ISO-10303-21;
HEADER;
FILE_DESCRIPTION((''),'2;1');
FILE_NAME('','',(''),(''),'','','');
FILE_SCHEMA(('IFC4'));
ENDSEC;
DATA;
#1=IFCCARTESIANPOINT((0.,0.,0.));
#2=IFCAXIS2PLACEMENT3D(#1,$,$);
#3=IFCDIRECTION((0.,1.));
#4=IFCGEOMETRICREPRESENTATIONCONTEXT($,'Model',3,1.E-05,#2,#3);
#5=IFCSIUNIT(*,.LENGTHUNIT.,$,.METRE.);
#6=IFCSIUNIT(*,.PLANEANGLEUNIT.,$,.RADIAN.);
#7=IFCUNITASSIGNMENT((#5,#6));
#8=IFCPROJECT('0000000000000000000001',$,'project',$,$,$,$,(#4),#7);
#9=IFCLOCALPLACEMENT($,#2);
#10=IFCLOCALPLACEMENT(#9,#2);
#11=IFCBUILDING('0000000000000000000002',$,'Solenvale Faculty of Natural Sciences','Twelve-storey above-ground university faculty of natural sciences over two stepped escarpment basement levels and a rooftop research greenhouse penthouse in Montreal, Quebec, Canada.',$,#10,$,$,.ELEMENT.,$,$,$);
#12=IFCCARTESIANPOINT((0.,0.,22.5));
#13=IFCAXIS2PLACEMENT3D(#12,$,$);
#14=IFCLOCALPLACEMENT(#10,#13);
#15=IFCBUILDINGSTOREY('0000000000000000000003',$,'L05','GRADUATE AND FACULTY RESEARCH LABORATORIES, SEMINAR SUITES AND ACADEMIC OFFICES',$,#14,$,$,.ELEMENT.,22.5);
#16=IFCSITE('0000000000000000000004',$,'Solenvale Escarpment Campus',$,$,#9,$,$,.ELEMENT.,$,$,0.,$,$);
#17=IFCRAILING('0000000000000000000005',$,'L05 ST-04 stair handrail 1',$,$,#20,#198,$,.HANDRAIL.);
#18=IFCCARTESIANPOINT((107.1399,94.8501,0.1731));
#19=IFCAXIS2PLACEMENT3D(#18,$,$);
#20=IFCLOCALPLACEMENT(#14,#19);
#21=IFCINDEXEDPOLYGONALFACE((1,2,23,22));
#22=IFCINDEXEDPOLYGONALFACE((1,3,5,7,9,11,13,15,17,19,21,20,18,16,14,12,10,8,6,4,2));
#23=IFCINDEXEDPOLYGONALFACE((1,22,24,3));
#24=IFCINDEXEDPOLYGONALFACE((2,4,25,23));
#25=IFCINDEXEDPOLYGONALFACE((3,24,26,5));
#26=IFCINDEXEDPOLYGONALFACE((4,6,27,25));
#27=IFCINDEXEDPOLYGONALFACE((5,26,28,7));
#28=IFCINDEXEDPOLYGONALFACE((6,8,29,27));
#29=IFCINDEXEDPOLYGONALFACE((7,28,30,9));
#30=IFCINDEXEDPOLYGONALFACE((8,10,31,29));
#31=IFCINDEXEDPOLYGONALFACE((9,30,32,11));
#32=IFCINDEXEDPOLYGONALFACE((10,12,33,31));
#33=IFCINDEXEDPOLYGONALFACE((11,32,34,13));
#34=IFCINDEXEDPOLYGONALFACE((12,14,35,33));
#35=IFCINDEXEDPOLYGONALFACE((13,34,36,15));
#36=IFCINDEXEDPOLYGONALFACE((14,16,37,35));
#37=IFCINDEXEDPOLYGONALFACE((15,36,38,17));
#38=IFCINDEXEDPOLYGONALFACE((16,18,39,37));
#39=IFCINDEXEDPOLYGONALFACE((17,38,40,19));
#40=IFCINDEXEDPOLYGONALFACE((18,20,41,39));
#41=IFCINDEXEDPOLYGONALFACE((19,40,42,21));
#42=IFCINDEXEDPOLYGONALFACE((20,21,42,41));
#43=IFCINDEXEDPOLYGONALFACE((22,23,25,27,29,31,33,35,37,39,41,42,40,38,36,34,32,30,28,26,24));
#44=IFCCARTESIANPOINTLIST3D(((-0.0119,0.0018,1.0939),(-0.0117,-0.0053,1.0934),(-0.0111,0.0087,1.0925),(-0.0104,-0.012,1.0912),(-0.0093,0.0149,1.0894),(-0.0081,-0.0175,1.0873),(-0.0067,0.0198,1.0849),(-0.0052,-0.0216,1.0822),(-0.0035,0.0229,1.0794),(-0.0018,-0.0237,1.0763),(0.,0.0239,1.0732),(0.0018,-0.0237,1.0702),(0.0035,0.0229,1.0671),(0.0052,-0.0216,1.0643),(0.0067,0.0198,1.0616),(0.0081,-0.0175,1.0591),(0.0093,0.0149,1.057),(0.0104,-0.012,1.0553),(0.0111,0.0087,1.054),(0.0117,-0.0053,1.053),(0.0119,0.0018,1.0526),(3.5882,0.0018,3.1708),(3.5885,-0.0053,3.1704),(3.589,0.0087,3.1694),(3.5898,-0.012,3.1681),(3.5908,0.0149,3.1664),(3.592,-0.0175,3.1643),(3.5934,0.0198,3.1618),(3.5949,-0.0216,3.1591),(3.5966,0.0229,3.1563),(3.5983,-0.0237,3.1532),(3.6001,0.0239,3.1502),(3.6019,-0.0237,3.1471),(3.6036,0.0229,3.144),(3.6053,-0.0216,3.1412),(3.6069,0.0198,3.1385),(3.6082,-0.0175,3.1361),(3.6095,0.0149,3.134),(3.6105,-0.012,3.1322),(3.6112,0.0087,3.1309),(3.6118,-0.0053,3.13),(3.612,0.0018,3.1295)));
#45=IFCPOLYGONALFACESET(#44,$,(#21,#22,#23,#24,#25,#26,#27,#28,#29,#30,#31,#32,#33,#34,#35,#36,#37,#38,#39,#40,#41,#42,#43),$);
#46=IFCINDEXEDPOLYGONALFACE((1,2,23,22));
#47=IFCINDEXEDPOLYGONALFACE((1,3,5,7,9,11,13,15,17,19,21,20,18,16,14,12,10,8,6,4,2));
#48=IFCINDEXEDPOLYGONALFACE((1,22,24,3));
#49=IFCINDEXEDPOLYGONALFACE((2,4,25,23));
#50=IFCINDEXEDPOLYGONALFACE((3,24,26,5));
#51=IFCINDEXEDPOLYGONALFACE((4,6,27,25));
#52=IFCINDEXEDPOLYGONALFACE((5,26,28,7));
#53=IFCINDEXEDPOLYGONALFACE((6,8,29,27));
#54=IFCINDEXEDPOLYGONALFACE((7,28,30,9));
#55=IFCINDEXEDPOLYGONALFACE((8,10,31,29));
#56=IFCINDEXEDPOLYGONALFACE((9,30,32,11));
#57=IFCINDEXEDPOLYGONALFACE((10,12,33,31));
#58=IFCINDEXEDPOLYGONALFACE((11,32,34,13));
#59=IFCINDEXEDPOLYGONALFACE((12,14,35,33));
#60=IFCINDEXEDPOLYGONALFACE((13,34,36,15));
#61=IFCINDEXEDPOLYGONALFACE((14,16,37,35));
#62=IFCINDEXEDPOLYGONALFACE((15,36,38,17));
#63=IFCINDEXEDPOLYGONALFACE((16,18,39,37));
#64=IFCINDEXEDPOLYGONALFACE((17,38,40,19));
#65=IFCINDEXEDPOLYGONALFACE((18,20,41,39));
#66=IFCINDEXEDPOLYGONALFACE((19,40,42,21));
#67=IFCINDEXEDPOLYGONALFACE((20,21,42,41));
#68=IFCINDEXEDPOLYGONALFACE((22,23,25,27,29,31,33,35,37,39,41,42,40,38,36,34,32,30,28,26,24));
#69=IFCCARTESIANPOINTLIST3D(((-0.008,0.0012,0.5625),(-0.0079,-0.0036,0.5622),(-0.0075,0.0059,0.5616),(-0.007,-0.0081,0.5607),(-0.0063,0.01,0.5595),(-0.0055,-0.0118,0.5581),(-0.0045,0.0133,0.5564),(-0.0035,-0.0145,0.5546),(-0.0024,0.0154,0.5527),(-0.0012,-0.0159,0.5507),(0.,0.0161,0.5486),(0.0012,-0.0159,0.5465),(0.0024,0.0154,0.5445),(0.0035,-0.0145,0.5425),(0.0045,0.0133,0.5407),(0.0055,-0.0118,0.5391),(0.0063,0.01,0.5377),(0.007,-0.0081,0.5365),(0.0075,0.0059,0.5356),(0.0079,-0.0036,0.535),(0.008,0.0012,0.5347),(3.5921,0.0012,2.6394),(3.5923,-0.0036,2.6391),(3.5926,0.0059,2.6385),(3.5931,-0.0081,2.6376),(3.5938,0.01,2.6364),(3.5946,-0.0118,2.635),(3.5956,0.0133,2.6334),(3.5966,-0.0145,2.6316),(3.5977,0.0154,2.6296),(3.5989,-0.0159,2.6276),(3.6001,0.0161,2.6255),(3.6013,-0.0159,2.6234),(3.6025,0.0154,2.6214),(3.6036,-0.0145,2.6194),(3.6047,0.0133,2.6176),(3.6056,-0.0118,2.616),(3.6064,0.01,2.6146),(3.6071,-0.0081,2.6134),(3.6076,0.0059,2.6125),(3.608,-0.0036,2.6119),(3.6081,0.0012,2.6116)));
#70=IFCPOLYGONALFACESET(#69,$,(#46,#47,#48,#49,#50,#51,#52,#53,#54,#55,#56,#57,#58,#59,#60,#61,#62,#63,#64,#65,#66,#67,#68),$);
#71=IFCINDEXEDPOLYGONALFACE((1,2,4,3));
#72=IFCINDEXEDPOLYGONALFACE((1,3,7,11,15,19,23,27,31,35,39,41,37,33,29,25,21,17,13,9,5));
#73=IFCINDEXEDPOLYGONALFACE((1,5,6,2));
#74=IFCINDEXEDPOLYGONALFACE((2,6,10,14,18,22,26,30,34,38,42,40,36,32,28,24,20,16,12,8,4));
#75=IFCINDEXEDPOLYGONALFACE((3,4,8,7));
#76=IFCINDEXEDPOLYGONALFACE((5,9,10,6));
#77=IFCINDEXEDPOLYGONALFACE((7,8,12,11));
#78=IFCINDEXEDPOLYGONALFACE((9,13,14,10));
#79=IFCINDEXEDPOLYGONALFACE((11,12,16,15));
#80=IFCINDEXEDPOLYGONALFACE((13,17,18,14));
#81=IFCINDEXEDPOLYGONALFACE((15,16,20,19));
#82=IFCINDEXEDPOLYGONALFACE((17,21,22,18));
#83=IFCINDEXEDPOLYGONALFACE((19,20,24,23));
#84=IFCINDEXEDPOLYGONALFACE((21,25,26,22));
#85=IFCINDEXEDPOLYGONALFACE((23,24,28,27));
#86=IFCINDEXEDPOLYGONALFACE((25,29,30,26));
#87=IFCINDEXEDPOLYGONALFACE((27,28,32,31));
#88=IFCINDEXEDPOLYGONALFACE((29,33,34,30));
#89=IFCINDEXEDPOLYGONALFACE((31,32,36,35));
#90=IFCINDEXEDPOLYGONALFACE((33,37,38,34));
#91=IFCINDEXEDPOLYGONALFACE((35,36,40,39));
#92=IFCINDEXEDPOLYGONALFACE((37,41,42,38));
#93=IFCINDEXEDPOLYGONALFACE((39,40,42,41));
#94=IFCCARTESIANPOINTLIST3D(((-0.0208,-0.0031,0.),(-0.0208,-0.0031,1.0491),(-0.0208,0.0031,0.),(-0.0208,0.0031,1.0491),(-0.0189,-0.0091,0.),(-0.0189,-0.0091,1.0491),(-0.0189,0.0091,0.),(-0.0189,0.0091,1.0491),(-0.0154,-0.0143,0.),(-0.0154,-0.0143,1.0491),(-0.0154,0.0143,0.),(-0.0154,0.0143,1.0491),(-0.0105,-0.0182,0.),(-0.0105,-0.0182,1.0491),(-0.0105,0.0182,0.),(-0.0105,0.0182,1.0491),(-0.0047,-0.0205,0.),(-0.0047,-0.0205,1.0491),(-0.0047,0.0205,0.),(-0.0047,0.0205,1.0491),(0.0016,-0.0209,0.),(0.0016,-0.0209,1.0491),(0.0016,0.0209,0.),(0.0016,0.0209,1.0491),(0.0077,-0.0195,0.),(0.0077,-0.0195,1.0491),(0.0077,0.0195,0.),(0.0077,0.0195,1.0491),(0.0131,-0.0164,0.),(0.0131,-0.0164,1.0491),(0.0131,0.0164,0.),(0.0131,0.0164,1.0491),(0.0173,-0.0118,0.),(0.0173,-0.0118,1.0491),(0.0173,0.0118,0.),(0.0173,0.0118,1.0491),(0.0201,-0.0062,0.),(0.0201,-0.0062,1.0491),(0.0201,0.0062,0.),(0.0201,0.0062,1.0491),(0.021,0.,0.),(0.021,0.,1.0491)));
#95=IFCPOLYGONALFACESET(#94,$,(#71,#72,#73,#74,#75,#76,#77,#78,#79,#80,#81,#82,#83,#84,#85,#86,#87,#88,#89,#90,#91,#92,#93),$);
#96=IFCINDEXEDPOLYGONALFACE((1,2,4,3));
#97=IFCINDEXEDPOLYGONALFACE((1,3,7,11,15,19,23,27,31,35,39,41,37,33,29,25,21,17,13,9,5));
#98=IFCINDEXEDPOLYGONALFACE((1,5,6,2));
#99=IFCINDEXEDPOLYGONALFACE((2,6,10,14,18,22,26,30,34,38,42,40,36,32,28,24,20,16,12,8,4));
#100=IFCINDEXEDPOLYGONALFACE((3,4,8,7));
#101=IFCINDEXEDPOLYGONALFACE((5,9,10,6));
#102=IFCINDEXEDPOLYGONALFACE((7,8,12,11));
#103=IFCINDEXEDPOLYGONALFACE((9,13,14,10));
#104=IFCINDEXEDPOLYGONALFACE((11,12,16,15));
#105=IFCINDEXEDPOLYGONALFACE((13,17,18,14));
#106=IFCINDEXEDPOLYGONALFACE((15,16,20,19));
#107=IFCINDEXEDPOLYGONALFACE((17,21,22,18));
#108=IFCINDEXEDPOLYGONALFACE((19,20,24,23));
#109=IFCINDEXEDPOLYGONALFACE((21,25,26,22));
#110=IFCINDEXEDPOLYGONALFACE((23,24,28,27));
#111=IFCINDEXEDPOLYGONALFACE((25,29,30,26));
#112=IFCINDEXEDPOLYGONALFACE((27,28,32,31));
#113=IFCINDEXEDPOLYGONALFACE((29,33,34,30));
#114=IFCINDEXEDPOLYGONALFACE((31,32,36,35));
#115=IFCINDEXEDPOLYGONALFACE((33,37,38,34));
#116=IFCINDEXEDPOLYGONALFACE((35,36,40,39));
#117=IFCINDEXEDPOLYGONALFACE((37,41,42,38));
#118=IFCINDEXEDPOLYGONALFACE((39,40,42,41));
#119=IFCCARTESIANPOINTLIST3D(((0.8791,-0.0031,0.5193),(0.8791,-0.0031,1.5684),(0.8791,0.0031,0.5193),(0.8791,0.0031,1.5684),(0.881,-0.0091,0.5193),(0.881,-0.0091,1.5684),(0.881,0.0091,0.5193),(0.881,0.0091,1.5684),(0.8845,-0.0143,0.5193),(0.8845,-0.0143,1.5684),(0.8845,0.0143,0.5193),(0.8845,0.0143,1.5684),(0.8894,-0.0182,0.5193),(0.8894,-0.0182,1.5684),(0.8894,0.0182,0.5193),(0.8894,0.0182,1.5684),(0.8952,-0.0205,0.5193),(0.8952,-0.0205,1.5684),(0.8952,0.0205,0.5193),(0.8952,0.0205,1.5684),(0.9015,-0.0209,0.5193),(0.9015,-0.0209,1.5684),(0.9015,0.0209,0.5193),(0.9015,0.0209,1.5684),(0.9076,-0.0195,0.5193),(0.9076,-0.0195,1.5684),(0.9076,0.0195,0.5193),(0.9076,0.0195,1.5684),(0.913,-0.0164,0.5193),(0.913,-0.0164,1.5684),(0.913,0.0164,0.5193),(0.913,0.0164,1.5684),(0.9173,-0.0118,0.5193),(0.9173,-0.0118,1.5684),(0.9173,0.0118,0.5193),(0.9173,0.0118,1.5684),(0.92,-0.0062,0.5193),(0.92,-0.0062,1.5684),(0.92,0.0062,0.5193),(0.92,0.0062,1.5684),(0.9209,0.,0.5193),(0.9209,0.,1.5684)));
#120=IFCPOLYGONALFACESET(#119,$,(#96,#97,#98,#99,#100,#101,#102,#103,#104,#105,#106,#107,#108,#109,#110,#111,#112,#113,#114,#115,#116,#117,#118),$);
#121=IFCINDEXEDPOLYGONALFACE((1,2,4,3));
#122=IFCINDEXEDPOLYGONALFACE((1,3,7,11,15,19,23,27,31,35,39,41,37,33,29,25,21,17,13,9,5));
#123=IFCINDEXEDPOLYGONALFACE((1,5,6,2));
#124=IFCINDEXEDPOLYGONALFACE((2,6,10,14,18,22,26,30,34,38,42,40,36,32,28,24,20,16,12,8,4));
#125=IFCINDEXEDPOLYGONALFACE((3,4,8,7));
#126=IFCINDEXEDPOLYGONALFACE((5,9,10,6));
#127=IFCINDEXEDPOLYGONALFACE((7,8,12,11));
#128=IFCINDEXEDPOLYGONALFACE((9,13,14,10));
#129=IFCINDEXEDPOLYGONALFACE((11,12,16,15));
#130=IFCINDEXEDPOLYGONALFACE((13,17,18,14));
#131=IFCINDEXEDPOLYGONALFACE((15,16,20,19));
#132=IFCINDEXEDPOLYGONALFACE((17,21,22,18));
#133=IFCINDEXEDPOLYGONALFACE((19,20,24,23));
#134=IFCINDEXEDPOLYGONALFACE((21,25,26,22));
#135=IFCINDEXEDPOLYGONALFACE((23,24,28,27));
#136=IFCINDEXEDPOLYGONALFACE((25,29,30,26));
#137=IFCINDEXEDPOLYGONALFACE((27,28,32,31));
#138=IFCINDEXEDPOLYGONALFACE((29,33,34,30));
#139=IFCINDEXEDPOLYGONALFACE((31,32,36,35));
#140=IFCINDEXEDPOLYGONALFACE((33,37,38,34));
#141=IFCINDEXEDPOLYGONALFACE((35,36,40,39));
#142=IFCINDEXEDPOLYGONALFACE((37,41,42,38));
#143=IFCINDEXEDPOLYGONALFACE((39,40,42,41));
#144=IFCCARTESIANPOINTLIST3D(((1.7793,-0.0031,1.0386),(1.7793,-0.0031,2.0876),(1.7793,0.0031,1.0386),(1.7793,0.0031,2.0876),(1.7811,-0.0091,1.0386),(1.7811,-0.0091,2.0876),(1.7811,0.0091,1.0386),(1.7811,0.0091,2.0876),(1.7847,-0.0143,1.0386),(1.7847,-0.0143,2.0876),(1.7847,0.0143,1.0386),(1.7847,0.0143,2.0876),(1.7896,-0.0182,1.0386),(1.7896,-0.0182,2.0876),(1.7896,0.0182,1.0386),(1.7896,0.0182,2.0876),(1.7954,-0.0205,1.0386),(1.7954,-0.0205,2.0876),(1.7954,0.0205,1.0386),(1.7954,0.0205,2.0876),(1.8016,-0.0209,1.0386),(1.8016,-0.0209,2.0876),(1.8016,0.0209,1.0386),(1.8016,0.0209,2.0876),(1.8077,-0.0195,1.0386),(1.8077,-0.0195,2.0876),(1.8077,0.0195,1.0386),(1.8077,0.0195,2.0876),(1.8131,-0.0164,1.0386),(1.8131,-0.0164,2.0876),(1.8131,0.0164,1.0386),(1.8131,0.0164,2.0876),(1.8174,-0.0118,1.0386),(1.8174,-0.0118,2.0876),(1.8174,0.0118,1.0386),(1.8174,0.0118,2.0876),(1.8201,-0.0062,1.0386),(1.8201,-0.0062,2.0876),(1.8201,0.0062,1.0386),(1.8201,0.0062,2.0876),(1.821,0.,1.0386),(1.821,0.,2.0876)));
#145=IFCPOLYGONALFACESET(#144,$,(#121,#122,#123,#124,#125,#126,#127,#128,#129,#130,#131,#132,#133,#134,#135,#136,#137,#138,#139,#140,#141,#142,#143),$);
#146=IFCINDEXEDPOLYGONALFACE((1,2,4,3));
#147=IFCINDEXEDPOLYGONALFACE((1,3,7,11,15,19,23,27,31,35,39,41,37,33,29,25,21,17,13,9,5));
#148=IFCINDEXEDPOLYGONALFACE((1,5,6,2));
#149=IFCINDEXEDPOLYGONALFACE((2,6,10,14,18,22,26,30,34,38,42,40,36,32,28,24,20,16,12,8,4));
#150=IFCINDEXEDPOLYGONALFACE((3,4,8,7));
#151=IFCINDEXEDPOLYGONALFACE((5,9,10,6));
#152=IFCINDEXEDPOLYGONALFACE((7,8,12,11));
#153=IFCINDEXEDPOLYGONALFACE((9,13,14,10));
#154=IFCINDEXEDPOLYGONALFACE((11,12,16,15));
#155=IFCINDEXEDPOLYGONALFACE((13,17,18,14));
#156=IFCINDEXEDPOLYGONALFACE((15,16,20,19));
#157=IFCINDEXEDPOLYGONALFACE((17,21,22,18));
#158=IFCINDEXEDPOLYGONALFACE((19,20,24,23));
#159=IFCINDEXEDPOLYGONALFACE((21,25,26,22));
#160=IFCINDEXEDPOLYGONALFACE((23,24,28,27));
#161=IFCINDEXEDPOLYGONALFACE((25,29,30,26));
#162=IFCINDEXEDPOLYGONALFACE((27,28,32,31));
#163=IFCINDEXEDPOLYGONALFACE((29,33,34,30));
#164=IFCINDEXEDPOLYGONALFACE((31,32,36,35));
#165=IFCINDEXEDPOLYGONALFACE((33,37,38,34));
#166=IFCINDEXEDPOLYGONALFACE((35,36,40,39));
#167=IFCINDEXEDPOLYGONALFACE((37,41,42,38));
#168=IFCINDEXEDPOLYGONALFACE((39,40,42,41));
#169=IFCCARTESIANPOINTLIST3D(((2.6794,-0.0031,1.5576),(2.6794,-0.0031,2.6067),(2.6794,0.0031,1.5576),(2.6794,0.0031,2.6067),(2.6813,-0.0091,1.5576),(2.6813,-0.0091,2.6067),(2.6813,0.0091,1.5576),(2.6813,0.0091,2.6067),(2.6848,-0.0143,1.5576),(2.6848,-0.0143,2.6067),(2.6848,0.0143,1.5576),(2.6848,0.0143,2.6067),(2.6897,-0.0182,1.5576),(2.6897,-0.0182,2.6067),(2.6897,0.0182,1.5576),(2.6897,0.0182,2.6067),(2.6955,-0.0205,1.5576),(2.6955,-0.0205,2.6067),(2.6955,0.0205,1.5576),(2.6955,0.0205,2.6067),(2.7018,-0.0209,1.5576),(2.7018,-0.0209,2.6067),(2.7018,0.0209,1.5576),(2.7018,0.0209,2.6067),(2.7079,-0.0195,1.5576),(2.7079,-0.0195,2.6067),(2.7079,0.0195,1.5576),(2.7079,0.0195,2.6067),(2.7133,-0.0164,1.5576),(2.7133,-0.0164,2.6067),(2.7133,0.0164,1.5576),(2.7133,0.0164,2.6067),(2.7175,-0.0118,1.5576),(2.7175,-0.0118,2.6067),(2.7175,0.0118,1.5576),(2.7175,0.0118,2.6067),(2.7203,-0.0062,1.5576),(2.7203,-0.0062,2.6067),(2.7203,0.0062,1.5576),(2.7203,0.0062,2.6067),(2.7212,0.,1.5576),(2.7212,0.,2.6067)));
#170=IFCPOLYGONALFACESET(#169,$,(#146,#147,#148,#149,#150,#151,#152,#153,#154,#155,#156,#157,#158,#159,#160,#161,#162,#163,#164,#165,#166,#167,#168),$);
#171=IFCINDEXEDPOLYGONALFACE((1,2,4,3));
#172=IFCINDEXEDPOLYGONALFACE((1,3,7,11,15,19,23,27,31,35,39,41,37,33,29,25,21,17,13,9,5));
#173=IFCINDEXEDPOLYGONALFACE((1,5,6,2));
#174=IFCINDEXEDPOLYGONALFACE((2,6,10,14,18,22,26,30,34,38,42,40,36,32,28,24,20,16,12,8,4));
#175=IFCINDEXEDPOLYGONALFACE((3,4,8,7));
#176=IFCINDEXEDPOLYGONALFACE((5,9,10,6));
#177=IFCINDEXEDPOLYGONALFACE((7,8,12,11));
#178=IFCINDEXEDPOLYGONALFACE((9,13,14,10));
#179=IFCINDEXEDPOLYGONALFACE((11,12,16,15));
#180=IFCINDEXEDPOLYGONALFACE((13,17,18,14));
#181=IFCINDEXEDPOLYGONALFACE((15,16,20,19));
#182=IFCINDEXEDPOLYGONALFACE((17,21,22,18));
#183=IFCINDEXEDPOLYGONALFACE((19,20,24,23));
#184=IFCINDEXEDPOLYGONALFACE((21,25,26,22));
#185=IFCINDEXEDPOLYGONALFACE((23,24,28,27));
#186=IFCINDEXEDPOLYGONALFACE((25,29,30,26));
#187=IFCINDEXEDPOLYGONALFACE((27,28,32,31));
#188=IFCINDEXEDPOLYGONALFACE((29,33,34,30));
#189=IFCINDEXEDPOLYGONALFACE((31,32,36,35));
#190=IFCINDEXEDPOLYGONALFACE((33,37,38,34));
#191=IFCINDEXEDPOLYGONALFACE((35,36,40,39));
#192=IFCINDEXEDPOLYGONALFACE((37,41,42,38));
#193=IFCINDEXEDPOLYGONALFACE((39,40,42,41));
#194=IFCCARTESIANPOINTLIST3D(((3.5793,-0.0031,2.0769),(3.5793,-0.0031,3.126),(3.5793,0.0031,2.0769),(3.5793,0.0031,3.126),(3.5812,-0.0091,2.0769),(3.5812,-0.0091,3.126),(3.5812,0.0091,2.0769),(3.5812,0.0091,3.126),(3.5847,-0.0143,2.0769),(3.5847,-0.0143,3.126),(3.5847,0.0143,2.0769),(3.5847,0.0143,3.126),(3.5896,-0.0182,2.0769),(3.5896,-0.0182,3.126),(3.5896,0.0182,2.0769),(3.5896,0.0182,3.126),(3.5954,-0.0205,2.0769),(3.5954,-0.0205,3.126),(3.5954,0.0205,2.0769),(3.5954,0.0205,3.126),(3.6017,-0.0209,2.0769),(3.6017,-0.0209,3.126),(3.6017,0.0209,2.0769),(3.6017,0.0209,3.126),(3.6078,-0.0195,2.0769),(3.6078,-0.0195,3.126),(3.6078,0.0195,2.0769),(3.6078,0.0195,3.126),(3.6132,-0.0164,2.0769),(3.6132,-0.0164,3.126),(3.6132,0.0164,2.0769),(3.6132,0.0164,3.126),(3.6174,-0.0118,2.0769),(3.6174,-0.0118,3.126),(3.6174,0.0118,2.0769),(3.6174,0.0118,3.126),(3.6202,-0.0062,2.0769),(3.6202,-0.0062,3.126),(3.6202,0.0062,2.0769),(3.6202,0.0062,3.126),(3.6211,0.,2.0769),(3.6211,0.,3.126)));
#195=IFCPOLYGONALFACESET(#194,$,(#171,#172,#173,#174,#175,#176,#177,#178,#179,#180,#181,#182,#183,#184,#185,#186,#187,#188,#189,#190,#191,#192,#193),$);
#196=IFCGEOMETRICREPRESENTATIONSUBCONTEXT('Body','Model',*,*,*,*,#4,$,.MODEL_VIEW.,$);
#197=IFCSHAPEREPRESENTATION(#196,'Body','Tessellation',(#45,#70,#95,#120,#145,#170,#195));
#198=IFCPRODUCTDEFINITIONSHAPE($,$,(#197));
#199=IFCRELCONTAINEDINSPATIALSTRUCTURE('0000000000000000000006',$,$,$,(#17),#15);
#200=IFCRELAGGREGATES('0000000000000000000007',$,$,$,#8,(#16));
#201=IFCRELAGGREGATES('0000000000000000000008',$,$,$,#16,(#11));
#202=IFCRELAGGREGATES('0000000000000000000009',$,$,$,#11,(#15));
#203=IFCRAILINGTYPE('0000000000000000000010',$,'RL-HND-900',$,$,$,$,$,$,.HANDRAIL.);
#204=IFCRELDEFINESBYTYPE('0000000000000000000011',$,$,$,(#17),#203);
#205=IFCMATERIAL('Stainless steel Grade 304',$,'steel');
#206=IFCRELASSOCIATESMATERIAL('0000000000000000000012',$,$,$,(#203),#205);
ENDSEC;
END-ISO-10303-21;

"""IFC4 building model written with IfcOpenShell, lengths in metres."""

from ifc_helpers import new_model, si_unit, direction, frame, origin, origin_2d, place, context, subcontext, project, spatial, circle, extrude, material, type_object, element, save


model = new_model("IFC4")

# Units and contexts
model_context = context("Model", 3, precision=1e-05, world=origin(), true_north=direction((0.0, 1.0)))
body_context = subcontext(model_context, "Body", "Model", "MODEL_VIEW")
ifc_project = project(units=[si_unit("LENGTHUNIT", "METRE"), si_unit("PLANEANGLEUNIT", "RADIAN")], contexts=[model_context])

# Site, building, storey
site_placement = place(None, origin())
site = spatial("IfcSite", under=ifc_project, at=site_placement, Name="Solenvale Escarpment Campus", CompositionType="ELEMENT", RefElevation=0.0)
building_placement = place(site_placement, origin())
building = spatial("IfcBuilding", under=site, at=building_placement, Name="Solenvale Faculty of Natural Sciences", Description="Twelve-storey above-ground university faculty of natural sciences over two stepped escarpment basement levels and a rooftop research greenhouse penthouse in Montreal, Quebec, Canada.", CompositionType="ELEMENT")
storey_placement = place(building_placement, frame((0.0, 0.0, 22.5)))
storey = spatial("IfcBuildingStorey", under=building, at=storey_placement, Name="L05", Description="GRADUATE AND FACULTY RESEARCH LABORATORIES, SEMINAR SUITES AND ACADEMIC OFFICES", CompositionType="ELEMENT", Elevation=22.5)

# Shared definitions
ifc_material_1 = material(Name="Stainless steel Grade 304", Category="steel")

# Railing
railing_type_1 = type_object("IfcRailingType", Name="RL-HND-900", PredefinedType="HANDRAIL", material=ifc_material_1)
railing_1_placement = place(storey_placement, frame((107.1399, 94.8501, 0.1731)))
element("IfcRailing", 1, at=railing_1_placement, inside=storey, type_object=railing_type_1, Name="L05 ST-04 stair handrail 1", PredefinedType="HANDRAIL", context=body_context, shape_type="SweptSolid", body=[
    extrude(circle(Radius=0.0239, at=origin_2d()), frame((0.0, 0.0, 1.0732), z_axis=(0.866193, 0.0, 0.499709), x_axis=(0.0, 1.0, 0.0)), (0.0, 0.0, 1.0), 4.1562),
    extrude(circle(Radius=0.0161, at=origin_2d()), frame((0.0, 0.0, 0.5486), z_axis=(0.866193, 0.0, 0.499709), x_axis=(0.0, 1.0, 0.0)), (0.0, 0.0, 1.0), 4.1562),
    extrude(circle(Radius=0.021, at=origin_2d()), origin(), (0.0, 0.0, 1.0), 1.0491),
    extrude(circle(Radius=0.021, at=origin_2d()), frame((0.8999, 0.0, 0.5193)), (0.0, 0.0, 1.0), 1.0491),
    extrude(circle(Radius=0.021, at=origin_2d()), frame((1.8, 0.0, 1.0386)), (0.0, 0.0, 1.0), 1.0491),
    extrude(circle(Radius=0.021, at=origin_2d()), frame((2.7002, 0.0, 1.5576)), (0.0, 0.0, 1.0), 1.0491),
    extrude(circle(Radius=0.021, at=origin_2d()), frame((3.6001, 0.0, 2.0769)), (0.0, 0.0, 1.0), 1.0491),
])

save(model, "model.ifc")
